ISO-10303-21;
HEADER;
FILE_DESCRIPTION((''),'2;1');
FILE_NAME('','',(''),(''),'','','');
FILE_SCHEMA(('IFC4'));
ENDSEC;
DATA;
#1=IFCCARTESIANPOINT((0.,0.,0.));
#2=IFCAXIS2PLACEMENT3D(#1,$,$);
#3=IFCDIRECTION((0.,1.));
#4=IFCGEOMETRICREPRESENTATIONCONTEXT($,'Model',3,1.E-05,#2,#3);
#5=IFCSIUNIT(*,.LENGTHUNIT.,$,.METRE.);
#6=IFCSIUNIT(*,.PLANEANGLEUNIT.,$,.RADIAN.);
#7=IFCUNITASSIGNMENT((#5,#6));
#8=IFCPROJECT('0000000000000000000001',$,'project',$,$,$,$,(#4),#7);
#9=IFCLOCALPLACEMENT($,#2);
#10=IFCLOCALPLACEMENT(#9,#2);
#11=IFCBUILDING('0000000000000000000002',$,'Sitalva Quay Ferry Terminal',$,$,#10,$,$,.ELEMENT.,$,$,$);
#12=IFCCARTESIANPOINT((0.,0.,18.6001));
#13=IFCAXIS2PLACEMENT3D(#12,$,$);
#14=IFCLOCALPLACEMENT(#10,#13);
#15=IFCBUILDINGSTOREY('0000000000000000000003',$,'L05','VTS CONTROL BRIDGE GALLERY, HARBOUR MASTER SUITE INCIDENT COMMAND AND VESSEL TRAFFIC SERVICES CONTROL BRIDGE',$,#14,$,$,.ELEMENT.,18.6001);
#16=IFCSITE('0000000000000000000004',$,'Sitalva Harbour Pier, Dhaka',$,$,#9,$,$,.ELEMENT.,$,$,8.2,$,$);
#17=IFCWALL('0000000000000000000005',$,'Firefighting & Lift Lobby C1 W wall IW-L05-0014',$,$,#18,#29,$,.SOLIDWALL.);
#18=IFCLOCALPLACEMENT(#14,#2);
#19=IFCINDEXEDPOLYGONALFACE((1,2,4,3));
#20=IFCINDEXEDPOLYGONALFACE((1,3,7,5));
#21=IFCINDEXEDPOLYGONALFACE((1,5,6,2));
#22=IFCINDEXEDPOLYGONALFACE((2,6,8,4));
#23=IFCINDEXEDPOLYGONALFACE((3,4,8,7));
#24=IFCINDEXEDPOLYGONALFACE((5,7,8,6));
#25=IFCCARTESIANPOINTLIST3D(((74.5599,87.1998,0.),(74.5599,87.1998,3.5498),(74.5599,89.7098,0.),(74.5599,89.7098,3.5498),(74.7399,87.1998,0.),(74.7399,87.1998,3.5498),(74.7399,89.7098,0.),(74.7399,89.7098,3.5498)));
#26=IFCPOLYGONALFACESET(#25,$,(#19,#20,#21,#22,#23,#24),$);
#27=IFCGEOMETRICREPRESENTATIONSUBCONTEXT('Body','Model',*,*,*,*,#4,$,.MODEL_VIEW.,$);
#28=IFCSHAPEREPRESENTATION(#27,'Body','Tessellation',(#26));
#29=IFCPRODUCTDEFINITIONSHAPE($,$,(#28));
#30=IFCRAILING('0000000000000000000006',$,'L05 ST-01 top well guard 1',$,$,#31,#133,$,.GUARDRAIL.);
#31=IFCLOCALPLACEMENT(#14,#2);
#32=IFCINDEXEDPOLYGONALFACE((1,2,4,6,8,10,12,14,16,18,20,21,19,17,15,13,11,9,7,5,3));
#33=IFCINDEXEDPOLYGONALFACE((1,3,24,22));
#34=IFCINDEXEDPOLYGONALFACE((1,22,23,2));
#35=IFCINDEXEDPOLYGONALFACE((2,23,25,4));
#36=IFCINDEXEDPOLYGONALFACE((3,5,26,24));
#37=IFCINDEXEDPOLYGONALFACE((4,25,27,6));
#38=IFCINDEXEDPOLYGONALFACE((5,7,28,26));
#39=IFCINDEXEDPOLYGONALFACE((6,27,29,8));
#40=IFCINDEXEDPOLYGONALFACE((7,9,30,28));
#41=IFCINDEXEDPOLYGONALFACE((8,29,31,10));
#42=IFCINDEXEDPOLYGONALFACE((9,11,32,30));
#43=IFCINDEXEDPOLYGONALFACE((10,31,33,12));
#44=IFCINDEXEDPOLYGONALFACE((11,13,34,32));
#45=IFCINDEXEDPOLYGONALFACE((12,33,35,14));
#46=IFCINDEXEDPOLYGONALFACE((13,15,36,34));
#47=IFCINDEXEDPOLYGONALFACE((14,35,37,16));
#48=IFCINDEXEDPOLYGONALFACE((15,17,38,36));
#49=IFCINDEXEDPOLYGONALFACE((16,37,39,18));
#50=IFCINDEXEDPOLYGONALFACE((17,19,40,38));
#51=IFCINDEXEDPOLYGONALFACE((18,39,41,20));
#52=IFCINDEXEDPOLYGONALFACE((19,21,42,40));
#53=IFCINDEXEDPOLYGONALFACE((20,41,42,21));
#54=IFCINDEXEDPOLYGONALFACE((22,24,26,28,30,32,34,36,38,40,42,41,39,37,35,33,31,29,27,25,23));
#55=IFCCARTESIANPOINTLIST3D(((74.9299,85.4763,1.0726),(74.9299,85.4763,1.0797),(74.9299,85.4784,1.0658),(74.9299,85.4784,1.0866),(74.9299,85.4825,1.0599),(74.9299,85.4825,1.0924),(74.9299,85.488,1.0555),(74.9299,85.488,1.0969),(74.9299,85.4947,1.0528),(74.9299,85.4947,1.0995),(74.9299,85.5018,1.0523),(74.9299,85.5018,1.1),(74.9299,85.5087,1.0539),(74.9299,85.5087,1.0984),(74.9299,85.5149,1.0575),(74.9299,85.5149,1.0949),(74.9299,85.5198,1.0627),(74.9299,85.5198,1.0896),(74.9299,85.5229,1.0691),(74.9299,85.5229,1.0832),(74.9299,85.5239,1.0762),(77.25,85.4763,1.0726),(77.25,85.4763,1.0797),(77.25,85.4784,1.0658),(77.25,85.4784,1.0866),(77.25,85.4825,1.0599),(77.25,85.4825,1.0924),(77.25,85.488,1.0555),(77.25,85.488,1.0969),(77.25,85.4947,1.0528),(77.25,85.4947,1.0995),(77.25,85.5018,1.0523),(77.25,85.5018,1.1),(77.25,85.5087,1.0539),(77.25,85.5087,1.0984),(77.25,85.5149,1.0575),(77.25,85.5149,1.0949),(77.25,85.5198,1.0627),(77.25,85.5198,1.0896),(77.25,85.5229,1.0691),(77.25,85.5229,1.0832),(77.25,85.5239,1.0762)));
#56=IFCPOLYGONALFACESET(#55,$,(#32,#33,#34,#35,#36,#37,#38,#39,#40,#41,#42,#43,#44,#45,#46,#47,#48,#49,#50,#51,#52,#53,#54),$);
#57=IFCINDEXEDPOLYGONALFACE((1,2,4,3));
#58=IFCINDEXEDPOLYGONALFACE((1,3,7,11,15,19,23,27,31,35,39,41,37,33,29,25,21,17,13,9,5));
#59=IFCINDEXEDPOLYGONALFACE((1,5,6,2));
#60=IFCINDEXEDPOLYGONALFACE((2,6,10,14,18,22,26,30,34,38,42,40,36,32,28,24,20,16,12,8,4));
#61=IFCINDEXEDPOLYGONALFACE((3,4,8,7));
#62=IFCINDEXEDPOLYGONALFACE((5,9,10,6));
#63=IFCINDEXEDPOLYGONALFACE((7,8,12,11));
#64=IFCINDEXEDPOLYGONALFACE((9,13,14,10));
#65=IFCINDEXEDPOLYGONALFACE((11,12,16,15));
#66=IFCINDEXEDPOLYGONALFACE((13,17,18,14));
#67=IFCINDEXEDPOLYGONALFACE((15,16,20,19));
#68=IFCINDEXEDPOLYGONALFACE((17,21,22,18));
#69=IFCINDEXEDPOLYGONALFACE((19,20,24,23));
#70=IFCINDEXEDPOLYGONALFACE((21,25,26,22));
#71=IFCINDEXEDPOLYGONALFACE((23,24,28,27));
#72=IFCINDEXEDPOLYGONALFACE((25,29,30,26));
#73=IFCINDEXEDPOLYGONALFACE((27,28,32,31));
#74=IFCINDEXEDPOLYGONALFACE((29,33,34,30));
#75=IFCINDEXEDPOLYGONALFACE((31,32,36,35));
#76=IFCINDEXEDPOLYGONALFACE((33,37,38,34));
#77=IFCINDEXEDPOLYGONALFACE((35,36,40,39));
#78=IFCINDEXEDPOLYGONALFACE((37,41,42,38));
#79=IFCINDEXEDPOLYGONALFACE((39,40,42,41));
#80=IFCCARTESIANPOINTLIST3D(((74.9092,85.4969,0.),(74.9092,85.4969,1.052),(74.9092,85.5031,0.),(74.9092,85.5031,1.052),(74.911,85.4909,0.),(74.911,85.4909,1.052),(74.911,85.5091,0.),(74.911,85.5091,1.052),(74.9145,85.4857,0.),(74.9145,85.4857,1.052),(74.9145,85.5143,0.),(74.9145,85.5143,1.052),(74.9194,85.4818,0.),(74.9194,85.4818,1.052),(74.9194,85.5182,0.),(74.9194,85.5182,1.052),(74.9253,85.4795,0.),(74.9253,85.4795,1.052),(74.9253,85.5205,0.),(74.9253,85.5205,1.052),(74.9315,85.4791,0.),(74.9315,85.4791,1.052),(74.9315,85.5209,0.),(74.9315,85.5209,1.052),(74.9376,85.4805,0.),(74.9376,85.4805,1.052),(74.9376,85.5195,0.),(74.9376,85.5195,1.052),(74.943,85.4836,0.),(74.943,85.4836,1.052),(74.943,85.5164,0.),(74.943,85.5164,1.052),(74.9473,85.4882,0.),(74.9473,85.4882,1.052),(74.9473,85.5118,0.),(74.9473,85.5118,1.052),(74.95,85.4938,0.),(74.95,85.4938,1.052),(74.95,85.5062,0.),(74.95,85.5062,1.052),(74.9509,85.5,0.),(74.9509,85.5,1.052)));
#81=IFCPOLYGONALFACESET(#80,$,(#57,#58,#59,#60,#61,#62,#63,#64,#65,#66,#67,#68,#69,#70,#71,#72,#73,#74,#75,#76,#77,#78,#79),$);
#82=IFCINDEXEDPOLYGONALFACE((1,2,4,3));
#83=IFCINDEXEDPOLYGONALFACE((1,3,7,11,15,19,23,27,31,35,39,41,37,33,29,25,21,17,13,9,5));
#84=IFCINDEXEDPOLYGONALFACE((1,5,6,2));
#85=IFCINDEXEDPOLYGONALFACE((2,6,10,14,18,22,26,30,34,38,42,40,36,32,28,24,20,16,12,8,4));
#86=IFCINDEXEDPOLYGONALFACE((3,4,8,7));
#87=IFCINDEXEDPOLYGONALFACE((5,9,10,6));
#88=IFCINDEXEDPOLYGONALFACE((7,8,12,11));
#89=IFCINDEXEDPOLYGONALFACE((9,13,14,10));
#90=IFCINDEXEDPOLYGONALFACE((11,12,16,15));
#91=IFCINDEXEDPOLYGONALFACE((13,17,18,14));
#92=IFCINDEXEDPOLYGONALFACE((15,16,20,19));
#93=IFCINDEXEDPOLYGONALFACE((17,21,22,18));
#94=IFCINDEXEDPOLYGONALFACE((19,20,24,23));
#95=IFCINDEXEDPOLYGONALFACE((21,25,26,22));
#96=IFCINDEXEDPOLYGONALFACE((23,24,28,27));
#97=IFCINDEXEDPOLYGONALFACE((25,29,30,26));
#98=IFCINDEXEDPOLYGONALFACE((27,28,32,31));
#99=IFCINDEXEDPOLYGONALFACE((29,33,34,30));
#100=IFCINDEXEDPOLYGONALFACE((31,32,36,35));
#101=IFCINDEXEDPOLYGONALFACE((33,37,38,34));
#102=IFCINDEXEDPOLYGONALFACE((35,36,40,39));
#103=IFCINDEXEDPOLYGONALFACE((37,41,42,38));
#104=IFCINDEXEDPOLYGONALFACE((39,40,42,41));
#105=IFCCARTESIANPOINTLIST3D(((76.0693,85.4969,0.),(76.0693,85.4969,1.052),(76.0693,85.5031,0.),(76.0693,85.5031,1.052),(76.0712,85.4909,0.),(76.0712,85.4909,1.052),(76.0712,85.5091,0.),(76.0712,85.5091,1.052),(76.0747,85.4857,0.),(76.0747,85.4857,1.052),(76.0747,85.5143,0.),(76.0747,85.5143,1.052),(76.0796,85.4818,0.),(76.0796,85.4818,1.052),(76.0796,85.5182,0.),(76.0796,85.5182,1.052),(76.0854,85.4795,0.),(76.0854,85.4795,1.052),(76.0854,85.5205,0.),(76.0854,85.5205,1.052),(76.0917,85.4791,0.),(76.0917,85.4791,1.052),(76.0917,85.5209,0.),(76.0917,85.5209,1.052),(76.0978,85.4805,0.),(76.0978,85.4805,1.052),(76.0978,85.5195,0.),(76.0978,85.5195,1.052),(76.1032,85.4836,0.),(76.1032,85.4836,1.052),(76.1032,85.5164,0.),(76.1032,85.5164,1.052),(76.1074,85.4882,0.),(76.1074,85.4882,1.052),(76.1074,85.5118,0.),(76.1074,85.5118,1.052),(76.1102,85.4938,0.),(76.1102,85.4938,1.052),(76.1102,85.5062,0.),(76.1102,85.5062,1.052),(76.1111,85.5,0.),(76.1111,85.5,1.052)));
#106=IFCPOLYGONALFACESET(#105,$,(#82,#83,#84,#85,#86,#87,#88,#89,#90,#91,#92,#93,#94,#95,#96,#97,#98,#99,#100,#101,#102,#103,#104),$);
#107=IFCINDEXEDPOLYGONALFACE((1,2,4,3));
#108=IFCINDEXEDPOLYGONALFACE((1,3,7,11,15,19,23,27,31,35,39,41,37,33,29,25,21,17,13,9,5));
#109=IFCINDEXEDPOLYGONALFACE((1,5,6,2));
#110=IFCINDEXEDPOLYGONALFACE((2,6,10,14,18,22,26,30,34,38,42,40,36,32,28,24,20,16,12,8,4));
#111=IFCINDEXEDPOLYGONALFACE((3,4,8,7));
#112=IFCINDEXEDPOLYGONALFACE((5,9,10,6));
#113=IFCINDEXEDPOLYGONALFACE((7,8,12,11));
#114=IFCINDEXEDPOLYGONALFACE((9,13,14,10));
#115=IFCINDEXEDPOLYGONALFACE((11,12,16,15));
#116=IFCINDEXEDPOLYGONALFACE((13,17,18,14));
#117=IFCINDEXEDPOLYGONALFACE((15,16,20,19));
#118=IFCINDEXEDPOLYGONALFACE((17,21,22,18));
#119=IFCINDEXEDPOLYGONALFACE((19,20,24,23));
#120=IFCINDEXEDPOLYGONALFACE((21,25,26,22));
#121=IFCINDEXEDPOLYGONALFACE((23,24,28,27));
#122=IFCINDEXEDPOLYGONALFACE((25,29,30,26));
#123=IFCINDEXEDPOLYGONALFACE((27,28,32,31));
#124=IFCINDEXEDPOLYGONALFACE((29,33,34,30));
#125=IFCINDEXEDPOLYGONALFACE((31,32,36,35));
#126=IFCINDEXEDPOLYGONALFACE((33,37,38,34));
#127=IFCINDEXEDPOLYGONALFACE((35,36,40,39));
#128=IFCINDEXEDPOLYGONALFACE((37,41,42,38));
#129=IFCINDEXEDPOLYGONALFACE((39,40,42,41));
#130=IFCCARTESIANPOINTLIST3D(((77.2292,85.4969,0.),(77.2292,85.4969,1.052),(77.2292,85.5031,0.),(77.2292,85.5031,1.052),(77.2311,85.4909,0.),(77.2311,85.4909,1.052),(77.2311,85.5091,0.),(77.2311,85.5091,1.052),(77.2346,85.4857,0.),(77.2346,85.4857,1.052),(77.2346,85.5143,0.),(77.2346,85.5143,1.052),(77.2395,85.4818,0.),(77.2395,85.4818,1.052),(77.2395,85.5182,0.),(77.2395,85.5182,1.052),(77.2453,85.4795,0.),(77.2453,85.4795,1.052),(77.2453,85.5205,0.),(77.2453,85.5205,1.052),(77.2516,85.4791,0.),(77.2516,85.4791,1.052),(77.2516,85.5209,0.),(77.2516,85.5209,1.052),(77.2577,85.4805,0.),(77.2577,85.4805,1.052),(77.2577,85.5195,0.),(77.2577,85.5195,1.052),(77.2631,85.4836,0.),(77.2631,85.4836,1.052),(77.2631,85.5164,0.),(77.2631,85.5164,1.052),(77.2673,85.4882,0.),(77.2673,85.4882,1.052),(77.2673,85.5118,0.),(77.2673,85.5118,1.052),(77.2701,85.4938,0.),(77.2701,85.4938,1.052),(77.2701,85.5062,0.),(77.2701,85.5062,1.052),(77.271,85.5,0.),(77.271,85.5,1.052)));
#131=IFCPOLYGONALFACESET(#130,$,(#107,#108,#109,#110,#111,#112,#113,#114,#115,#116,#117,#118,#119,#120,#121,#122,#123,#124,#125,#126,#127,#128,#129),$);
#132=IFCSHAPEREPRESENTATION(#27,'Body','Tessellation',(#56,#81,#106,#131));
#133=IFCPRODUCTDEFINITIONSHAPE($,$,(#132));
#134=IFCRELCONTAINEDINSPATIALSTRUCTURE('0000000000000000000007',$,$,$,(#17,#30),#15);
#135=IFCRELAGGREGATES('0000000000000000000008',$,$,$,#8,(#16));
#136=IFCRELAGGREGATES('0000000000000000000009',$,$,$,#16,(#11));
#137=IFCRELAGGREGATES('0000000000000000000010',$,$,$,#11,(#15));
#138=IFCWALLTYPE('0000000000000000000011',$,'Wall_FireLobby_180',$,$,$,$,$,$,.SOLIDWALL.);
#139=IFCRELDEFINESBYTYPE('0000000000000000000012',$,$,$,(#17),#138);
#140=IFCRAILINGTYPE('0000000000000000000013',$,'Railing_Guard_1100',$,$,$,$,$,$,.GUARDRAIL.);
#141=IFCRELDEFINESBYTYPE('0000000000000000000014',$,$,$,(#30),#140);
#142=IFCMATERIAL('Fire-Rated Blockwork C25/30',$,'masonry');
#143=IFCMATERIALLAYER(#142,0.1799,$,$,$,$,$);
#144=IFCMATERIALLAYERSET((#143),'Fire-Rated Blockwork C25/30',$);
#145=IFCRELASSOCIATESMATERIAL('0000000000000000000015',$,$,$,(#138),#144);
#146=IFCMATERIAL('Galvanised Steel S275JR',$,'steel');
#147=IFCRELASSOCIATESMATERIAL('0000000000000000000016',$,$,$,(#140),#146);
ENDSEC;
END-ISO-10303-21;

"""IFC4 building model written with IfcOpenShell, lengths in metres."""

from ifc_helpers import new_model, si_unit, direction, frame, frame_2d, origin, origin_2d, place, context, subcontext, project, spatial, rectangle, circle, extrude, material, layer, layer_set, type_object, element, save


model = new_model("IFC4")

# Units and contexts
model_context = context("Model", 3, precision=1e-05, world=origin(), true_north=direction((0.0, 1.0)))
body_context = subcontext(model_context, "Body", "Model", "MODEL_VIEW")
ifc_project = project(units=[si_unit("LENGTHUNIT", "METRE"), si_unit("PLANEANGLEUNIT", "RADIAN")], contexts=[model_context])

# Site, building, storey
site_placement = place(None, origin())
site = spatial("IfcSite", under=ifc_project, at=site_placement, Name="Sitalva Harbour Pier, Dhaka", CompositionType="ELEMENT", RefElevation=8.2)
building_placement = place(site_placement, origin())
building = spatial("IfcBuilding", under=site, at=building_placement, Name="Sitalva Quay Ferry Terminal", CompositionType="ELEMENT")
storey_placement = place(building_placement, frame((0.0, 0.0, 18.6001)))
storey = spatial("IfcBuildingStorey", under=building, at=storey_placement, Name="L05", Description="VTS CONTROL BRIDGE GALLERY, HARBOUR MASTER SUITE INCIDENT COMMAND AND VESSEL TRAFFIC SERVICES CONTROL BRIDGE", CompositionType="ELEMENT", Elevation=18.6001)

# Wall
ifc_material_1 = material(Name="Fire-Rated Blockwork C25/30", Category="masonry")
ifc_layer_1 = layer(ifc_material_1, 0.1799)
ifc_layer_set_1 = layer_set([ifc_layer_1], Name="Fire-Rated Blockwork C25/30")
wall_type_1 = type_object("IfcWallType", Name="Wall_FireLobby_180", PredefinedType="SOLIDWALL", material=ifc_layer_set_1)
wall_1_placement = place(storey_placement, frame((74.6499, 87.2, 0.0), z_axis=(0.0, 0.0, 1.0), x_axis=(0.0, 1.0, 0.0)))
element("IfcWall", 1, at=wall_1_placement, inside=storey, type_object=wall_type_1, Name="Firefighting & Lift Lobby C1 W wall IW-L05-0014", PredefinedType="SOLIDWALL", context=body_context, shape_type="SweptSolid", body=[
    extrude(rectangle(XDim=2.51, YDim=0.1799, at=frame_2d((1.2549, 0.0))), origin(), (0.0, 0.0, 1.0), 3.5498),
])

# Railing
ifc_material_2 = material(Name="Galvanised Steel S275JR", Category="steel")
railing_type = type_object("IfcRailingType", Name="Railing_Guard_1100", PredefinedType="GUARDRAIL", material=ifc_material_2)
railing_placement = place(storey_placement, frame((74.9299, 85.5, 0.0)))
element("IfcRailing", 2, at=railing_placement, inside=storey, type_object=railing_type, Name="L05 ST-01 top well guard 1", PredefinedType="GUARDRAIL", context=body_context, shape_type="SweptSolid", body=[
    extrude(circle(Radius=0.0239, at=origin_2d()), frame((0.0, 0.0, 1.0762), z_axis=(1.0, 0.0, 0.0), x_axis=(0.0, 1.0, 0.0)), (0.0, 0.0, 1.0), 2.3201),
    extrude(circle(Radius=0.021, at=origin_2d()), origin(), (0.0, 0.0, 1.0), 1.052),
    extrude(circle(Radius=0.021, at=origin_2d()), frame((1.1602, 0.0, 0.0)), (0.0, 0.0, 1.0), 1.052),
    extrude(circle(Radius=0.021, at=origin_2d()), frame((2.3201, 0.0, 0.0)), (0.0, 0.0, 1.0), 1.052),
])

save(model, "model.ifc")
